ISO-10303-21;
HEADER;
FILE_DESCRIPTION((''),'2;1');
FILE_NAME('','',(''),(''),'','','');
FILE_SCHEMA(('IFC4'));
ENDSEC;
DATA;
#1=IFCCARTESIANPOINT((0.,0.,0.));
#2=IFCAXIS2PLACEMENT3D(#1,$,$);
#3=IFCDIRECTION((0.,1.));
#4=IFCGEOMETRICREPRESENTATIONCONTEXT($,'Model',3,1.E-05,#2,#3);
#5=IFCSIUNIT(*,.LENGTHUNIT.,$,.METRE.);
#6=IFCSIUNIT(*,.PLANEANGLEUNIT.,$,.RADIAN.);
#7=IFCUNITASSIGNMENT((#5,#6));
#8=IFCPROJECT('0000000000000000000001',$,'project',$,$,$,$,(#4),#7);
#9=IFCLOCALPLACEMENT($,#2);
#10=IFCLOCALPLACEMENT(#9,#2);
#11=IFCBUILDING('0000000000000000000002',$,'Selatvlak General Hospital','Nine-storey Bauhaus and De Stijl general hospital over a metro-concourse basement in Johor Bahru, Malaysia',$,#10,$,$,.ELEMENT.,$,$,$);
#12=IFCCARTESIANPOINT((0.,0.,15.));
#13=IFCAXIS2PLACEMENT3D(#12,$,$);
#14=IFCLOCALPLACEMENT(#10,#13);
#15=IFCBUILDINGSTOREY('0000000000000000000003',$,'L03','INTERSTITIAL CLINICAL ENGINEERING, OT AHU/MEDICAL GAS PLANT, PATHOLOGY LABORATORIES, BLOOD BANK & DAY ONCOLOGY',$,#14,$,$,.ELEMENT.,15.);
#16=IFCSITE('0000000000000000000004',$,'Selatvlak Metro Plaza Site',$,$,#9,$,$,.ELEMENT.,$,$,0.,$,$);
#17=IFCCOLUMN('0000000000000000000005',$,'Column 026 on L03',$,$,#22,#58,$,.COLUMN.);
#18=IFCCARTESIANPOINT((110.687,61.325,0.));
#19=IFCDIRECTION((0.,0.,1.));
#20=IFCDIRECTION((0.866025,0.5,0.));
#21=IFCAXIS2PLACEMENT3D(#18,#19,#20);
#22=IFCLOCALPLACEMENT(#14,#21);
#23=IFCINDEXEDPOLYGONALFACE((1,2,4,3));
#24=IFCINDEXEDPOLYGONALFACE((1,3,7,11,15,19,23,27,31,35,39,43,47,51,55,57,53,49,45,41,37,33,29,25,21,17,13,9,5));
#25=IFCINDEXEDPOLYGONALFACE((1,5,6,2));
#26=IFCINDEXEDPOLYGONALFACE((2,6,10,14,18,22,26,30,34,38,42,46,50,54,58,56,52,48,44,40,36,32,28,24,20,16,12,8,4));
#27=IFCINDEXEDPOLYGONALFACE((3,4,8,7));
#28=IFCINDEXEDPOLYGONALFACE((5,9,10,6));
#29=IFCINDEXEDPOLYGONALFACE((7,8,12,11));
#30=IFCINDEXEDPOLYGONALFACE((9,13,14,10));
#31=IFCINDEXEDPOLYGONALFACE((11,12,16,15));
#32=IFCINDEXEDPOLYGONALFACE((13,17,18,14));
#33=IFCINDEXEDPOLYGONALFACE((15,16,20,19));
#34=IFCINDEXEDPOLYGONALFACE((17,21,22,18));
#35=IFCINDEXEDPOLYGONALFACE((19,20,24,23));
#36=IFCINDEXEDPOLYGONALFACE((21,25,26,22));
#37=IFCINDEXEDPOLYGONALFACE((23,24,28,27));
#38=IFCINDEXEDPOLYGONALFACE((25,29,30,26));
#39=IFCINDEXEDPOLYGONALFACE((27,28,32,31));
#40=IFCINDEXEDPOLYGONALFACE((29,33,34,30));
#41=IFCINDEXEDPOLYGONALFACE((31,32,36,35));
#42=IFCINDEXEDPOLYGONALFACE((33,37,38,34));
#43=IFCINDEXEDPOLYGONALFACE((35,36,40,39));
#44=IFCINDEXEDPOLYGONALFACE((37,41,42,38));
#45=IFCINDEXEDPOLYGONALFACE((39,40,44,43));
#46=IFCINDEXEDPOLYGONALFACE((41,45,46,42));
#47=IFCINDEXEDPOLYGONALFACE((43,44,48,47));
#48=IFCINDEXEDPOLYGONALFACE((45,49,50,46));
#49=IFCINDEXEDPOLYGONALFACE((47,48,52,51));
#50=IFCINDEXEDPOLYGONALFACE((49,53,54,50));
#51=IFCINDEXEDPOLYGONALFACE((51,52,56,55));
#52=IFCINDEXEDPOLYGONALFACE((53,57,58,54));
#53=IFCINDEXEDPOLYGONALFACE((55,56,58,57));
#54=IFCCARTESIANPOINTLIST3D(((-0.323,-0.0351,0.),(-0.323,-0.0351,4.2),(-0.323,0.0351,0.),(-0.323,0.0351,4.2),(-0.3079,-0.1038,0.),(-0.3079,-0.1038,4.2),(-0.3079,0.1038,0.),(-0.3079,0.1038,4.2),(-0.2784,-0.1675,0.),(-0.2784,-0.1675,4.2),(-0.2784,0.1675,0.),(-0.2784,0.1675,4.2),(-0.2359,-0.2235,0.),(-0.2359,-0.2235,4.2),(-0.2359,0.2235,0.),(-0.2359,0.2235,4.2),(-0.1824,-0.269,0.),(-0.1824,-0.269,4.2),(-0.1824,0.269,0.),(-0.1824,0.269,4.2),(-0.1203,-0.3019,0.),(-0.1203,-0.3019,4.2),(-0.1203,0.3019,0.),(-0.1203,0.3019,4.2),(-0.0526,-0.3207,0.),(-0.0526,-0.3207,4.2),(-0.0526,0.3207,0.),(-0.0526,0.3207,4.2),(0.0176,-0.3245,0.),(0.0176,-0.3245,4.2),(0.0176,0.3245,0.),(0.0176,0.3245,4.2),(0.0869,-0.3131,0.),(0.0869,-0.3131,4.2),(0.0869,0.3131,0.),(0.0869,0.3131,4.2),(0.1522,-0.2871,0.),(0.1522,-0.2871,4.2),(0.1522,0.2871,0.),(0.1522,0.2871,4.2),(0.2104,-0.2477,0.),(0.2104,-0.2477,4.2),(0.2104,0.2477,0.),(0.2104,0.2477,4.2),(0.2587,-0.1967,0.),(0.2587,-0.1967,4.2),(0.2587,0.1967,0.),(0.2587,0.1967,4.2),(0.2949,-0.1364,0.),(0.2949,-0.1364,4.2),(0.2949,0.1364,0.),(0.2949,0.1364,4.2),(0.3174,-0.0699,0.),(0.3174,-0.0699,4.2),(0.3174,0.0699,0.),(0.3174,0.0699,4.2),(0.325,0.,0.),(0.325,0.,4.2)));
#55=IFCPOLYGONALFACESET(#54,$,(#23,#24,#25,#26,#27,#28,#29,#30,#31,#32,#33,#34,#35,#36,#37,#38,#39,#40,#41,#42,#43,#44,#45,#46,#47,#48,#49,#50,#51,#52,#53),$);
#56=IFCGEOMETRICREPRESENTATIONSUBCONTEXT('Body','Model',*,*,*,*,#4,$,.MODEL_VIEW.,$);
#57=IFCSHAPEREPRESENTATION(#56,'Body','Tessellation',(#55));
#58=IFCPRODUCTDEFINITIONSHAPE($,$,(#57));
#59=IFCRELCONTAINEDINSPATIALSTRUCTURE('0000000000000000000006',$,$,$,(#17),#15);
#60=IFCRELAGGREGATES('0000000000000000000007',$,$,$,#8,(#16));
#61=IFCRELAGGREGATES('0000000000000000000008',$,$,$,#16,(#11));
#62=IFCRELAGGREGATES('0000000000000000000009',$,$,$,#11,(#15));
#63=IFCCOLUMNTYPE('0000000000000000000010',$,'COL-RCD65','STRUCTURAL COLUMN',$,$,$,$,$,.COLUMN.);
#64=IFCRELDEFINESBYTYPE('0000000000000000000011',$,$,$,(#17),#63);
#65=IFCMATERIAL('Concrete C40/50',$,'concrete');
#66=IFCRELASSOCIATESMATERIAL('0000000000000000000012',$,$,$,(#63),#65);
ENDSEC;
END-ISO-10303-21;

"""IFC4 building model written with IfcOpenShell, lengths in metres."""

from ifc_helpers import new_model, si_unit, direction, frame, origin, origin_2d, place, context, subcontext, project, spatial, circle, extrude, material, material_profile, profile_set, type_object, element, save


model = new_model("IFC4")

# Units and contexts
model_context = context("Model", 3, precision=1e-05, world=origin(), true_north=direction((0.0, 1.0)))
body_context = subcontext(model_context, "Body", "Model", "MODEL_VIEW")
ifc_project = project(units=[si_unit("LENGTHUNIT", "METRE"), si_unit("PLANEANGLEUNIT", "RADIAN")], contexts=[model_context])

# Site, building, storey
site_placement = place(None, origin())
site = spatial("IfcSite", under=ifc_project, at=site_placement, Name="Selatvlak Metro Plaza Site", CompositionType="ELEMENT", RefElevation=0.0)
building_placement = place(site_placement, origin())
building = spatial("IfcBuilding", under=site, at=building_placement, Name="Selatvlak General Hospital", Description="Nine-storey Bauhaus and De Stijl general hospital over a metro-concourse basement in Johor Bahru, Malaysia", CompositionType="ELEMENT")
storey_placement = place(building_placement, frame((0.0, 0.0, 15.0)))
storey = spatial("IfcBuildingStorey", under=building, at=storey_placement, Name="L03", Description="INTERSTITIAL CLINICAL ENGINEERING, OT AHU/MEDICAL GAS PLANT, PATHOLOGY LABORATORIES, BLOOD BANK & DAY ONCOLOGY", CompositionType="ELEMENT", Elevation=15.0)

# Column
ifc_material_1 = material(Name="Concrete C40/50", Category="concrete")
ifc_material_profile_1 = material_profile(ifc_material_1, circle(Radius=0.325, at=origin_2d()), Name="RC-COL D650")
ifc_profile_set_1 = profile_set([ifc_material_profile_1], Name="Concrete C40/50")
column_type_1 = type_object("IfcColumnType", Name="COL-RCD65", Description="STRUCTURAL COLUMN", PredefinedType="COLUMN", material=ifc_profile_set_1)
for number, where, z_axis, x_axis, name in (
    (1, (110.687, 61.325, 0.0), (0.0, 0.0, 1.0), (0.866025, 0.5, 0.0), "Column 026 on L03"),
):
    element("IfcColumn", number, at=place(storey_placement, frame(where, z_axis=z_axis, x_axis=x_axis)), inside=storey, type_object=column_type_1, Name=name, PredefinedType="COLUMN", context=body_context, shape_type="SweptSolid", body=[
        extrude(circle(Radius=0.325, at=origin_2d()), origin(), (0.0, 0.0, 1.0), 4.2),
    ])

save(model, "model.ifc")
